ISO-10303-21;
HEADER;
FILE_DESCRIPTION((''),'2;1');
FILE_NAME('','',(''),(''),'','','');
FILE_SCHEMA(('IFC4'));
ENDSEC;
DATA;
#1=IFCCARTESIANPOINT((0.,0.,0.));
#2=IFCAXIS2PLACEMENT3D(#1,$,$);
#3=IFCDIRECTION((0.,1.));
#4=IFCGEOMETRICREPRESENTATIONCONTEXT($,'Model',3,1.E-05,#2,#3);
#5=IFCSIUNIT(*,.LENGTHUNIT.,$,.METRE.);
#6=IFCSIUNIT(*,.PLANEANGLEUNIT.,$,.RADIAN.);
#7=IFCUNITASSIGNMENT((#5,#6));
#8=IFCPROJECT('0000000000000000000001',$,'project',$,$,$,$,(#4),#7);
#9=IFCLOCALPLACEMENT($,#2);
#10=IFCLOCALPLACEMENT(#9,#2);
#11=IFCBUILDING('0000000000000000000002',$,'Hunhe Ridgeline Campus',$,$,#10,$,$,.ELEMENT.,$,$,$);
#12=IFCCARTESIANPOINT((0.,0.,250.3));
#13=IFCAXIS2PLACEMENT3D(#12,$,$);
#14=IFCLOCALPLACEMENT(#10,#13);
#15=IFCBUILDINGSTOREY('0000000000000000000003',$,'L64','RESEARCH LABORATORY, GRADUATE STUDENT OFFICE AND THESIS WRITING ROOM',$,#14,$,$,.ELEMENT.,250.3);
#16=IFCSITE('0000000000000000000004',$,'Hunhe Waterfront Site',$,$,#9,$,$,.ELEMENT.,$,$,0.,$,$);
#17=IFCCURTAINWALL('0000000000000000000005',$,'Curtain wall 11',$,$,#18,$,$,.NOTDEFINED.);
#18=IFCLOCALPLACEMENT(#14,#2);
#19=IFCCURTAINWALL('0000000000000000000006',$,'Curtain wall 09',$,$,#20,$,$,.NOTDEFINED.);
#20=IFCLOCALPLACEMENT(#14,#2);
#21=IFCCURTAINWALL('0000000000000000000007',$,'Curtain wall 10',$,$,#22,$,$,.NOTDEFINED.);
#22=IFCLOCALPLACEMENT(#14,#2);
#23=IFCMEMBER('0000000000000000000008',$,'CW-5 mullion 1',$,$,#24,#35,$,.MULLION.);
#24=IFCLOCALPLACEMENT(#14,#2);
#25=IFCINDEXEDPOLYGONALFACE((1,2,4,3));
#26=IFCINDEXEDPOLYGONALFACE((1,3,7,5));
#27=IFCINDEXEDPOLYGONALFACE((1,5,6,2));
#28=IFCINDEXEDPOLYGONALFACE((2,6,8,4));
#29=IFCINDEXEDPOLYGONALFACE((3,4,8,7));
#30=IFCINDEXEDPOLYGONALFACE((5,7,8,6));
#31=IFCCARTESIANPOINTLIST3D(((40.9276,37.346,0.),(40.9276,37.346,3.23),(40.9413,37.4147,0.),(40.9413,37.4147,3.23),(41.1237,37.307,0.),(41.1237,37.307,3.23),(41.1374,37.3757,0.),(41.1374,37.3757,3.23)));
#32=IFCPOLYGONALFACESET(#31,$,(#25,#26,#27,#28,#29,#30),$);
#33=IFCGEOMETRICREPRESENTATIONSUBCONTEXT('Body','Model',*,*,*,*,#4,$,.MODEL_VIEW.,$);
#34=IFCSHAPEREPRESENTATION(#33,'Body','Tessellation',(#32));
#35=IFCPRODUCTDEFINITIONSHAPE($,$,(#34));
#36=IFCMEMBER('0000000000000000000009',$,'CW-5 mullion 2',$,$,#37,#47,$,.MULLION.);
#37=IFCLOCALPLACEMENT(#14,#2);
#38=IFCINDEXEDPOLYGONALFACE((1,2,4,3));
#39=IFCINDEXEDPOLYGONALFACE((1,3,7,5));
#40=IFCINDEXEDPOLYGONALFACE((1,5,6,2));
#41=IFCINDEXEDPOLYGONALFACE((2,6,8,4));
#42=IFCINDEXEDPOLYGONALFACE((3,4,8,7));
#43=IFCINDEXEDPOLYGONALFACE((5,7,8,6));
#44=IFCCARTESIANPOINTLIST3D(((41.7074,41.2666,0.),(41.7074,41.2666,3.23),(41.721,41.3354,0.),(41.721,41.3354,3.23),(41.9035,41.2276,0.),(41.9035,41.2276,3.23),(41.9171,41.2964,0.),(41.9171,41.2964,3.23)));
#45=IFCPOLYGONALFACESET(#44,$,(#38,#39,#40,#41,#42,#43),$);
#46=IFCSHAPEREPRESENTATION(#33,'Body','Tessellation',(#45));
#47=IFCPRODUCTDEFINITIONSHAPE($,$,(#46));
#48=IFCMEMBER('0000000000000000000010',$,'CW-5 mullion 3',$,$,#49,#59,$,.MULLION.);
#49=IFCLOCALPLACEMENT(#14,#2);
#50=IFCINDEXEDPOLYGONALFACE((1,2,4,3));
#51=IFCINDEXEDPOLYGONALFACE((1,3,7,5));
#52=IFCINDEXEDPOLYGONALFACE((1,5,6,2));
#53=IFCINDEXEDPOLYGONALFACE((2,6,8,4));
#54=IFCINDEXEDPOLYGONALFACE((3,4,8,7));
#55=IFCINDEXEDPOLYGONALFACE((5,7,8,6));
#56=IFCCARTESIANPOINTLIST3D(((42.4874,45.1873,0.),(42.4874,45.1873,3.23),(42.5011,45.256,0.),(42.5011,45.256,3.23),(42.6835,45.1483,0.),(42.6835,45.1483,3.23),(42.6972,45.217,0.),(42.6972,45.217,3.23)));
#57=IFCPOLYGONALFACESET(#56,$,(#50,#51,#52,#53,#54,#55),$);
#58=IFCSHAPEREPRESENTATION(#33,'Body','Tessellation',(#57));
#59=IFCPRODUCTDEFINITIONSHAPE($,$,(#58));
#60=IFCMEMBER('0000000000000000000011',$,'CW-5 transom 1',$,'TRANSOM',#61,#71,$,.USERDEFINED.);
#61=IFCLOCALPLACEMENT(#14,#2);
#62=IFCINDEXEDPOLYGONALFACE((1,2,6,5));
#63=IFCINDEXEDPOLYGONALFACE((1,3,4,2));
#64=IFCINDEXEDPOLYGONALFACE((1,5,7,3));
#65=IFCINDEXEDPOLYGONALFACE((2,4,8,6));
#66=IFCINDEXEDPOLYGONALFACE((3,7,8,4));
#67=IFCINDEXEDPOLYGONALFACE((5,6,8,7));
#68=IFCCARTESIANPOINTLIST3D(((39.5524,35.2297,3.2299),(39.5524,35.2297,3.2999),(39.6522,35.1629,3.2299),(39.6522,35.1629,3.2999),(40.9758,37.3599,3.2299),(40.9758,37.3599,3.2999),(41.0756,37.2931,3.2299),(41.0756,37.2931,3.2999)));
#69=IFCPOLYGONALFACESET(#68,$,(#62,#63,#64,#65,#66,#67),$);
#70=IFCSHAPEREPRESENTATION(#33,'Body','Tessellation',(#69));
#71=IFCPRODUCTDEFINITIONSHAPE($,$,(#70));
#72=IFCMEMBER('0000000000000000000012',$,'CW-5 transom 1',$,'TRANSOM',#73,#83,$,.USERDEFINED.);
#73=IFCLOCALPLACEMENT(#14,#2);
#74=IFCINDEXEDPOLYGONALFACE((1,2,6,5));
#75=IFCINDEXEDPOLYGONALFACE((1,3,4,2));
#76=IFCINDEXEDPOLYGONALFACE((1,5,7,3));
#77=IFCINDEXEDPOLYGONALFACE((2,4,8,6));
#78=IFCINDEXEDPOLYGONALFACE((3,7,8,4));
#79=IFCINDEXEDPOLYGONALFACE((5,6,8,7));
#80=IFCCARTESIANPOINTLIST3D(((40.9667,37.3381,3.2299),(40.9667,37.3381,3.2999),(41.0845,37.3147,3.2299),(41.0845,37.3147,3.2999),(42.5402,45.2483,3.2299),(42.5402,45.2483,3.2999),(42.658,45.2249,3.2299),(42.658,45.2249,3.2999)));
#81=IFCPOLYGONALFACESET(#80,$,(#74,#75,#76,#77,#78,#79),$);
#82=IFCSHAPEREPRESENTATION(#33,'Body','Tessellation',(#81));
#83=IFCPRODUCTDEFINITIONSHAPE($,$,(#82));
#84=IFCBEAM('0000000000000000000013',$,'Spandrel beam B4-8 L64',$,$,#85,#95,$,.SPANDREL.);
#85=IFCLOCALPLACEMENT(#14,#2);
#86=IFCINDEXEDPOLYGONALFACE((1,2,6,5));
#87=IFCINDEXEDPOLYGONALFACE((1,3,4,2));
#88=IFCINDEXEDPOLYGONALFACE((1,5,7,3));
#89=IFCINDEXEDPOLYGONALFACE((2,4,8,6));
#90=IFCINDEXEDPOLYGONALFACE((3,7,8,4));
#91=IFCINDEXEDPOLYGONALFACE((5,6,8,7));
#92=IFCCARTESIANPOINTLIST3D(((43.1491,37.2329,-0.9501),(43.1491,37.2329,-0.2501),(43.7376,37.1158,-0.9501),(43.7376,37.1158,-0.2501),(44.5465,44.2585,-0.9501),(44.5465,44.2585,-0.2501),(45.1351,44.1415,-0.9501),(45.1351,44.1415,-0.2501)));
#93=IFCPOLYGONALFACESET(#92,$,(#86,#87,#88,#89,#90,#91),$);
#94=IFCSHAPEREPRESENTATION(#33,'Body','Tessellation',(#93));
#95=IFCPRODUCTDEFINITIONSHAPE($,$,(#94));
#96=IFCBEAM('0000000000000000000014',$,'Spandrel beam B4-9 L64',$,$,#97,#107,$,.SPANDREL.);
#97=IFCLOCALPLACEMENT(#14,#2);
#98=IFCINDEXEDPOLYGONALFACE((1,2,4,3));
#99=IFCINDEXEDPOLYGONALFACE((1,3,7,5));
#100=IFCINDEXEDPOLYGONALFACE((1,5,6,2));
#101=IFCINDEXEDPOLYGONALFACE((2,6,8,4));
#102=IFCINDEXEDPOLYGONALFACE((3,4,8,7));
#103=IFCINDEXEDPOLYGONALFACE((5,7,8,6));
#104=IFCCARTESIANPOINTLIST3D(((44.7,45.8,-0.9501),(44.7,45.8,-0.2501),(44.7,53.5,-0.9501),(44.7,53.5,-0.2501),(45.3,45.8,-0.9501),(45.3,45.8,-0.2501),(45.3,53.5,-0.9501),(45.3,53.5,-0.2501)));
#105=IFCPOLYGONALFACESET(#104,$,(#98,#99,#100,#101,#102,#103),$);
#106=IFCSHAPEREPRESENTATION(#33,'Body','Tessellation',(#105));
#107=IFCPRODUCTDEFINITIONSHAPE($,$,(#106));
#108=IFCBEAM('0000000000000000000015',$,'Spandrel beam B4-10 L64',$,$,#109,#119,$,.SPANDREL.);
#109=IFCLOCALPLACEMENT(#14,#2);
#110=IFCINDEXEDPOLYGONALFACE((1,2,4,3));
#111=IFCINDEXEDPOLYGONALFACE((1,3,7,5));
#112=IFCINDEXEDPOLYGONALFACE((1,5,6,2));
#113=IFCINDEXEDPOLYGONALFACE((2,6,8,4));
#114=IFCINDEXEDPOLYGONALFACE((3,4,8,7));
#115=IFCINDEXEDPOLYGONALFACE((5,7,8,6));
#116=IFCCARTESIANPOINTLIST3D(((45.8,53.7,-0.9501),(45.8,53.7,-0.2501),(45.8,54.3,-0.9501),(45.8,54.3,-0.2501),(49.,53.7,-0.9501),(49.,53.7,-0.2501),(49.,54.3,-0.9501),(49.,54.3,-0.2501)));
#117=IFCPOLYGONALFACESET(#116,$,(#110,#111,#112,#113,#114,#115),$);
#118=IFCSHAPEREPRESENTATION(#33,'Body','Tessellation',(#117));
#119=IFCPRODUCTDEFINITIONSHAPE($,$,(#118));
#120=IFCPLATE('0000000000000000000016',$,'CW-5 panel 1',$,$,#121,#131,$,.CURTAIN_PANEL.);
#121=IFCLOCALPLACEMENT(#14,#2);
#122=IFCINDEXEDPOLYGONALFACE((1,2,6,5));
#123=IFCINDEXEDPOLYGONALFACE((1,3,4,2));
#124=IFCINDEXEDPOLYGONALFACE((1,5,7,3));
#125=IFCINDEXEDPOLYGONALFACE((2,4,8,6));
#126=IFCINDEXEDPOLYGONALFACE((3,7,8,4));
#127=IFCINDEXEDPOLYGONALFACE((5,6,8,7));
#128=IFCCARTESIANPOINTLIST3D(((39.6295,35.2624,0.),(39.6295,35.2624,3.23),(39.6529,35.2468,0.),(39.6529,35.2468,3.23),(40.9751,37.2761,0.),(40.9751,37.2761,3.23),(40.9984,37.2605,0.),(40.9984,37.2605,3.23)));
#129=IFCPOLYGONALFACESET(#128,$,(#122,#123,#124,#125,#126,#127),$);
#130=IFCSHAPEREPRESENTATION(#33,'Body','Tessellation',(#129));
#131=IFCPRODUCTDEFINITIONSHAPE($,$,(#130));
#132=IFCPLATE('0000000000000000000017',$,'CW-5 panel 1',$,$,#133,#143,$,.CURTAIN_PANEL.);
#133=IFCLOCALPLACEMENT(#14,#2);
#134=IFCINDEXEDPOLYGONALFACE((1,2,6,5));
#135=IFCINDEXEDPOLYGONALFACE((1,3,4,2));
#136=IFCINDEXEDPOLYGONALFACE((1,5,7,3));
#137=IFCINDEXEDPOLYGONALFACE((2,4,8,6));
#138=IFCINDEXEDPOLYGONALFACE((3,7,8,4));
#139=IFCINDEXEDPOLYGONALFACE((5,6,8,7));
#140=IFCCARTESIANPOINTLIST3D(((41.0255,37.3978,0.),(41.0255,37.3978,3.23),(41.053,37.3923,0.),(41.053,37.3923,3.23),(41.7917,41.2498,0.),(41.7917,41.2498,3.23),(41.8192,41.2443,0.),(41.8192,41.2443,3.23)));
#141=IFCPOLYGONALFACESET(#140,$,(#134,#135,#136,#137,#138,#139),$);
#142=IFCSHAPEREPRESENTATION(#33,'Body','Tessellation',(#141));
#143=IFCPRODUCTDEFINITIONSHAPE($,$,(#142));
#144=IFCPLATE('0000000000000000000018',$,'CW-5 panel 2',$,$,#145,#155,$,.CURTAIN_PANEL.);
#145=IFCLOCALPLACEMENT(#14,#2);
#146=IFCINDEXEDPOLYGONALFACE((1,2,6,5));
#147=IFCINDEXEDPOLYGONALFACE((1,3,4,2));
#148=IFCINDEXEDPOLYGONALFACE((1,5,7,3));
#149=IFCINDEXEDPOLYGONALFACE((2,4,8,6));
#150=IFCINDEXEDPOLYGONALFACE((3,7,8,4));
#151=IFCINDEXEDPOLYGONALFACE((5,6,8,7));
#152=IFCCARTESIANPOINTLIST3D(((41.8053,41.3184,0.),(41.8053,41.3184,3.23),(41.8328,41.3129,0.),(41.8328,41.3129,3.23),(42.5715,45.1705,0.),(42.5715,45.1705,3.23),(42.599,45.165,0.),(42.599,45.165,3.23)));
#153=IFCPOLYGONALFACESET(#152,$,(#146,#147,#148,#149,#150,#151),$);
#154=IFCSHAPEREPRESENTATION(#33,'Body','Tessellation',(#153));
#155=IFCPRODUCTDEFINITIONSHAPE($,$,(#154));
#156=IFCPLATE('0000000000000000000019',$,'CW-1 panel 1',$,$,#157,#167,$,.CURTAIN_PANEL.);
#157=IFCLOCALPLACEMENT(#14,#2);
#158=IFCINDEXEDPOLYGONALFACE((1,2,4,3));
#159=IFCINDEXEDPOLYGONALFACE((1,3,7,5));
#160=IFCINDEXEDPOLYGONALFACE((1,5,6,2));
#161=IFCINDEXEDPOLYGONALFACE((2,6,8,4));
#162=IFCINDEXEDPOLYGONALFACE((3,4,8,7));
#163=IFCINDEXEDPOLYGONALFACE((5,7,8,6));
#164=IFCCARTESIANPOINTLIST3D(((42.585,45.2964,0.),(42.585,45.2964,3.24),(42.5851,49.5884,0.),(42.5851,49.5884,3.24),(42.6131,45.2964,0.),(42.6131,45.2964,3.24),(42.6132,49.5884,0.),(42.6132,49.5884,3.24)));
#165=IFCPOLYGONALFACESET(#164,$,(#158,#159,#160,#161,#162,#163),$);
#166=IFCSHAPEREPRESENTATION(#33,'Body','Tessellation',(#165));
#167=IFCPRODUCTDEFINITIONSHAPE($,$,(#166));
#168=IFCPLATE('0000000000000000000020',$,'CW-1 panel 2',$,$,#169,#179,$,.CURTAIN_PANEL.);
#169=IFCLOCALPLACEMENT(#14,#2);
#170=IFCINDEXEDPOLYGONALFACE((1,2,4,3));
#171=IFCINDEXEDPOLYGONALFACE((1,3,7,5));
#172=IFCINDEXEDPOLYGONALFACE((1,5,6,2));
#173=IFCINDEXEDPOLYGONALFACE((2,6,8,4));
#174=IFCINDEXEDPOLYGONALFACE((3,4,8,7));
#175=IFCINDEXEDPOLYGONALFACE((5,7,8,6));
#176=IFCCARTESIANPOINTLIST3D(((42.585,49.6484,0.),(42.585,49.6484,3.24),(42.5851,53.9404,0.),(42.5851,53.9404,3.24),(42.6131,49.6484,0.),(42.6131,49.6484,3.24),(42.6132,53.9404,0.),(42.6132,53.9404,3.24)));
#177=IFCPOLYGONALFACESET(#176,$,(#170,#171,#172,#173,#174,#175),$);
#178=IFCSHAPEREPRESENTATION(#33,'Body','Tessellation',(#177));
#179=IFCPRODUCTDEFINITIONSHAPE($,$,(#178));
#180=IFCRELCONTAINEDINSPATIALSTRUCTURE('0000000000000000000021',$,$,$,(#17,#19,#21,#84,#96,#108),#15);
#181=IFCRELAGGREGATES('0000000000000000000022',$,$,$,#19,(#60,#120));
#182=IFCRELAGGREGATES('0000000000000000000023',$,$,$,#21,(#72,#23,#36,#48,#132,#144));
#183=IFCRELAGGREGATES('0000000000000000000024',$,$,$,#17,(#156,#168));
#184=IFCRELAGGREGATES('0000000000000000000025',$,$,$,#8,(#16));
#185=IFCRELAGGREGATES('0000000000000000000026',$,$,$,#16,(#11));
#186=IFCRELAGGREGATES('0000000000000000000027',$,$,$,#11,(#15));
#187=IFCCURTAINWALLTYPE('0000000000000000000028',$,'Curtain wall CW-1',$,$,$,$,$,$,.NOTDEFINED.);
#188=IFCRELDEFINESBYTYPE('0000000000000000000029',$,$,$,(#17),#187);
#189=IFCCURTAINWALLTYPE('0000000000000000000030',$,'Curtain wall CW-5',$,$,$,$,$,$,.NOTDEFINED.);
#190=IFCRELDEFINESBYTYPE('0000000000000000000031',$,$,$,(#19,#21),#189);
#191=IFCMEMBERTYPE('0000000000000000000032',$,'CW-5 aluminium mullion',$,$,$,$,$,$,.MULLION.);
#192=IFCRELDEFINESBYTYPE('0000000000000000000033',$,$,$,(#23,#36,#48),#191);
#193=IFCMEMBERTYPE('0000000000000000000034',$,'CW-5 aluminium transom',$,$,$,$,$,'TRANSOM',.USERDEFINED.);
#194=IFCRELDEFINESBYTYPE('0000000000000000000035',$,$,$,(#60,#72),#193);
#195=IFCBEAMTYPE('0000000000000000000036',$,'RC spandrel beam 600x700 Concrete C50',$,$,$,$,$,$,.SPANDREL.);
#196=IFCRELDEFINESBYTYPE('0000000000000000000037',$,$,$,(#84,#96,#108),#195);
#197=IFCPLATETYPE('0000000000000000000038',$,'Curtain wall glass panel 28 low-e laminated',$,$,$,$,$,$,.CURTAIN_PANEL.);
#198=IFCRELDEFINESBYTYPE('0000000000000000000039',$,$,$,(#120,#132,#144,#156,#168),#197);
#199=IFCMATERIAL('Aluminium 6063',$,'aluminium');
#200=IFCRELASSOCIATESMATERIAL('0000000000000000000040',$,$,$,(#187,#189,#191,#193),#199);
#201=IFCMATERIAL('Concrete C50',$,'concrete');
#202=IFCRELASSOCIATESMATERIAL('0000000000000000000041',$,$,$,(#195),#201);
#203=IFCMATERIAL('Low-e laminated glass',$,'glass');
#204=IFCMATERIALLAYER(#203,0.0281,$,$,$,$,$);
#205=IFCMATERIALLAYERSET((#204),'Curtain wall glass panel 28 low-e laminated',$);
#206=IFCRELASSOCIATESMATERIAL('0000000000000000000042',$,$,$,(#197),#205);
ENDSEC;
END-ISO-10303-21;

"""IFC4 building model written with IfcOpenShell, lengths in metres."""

from ifc_helpers import new_model, si_unit, direction, frame, origin, origin_2d, place, context, subcontext, project, spatial, rectangle, extrude, material, layer, layer_set, material_profile, profile_set, type_object, element, aggregate, save


model = new_model("IFC4")

# Units and contexts
model_context = context("Model", 3, precision=1e-05, world=origin(), true_north=direction((0.0, 1.0)))
body_context = subcontext(model_context, "Body", "Model", "MODEL_VIEW")
ifc_project = project(units=[si_unit("LENGTHUNIT", "METRE"), si_unit("PLANEANGLEUNIT", "RADIAN")], contexts=[model_context])

# Site, building, storey
site_placement = place(None, origin())
site = spatial("IfcSite", under=ifc_project, at=site_placement, Name="Hunhe Waterfront Site", CompositionType="ELEMENT", RefElevation=0.0)
building_placement = place(site_placement, origin())
building = spatial("IfcBuilding", under=site, at=building_placement, Name="Hunhe Ridgeline Campus", CompositionType="ELEMENT")
storey_placement = place(building_placement, frame((0.0, 0.0, 250.3)))
storey = spatial("IfcBuildingStorey", under=building, at=storey_placement, Name="L64", Description="RESEARCH LABORATORY, GRADUATE STUDENT OFFICE AND THESIS WRITING ROOM", CompositionType="ELEMENT", Elevation=250.3)

# Curtain wall
ifc_material_1 = material(Name="Aluminium 6063", Category="aluminium")
curtain_wall_type_1 = type_object("IfcCurtainWallType", Name="Curtain wall CW-1", PredefinedType="NOTDEFINED", material=ifc_material_1)
curtain_wall_1_placement = place(storey_placement, origin())
curtain_wall_1 = element("IfcCurtainWall", 1, at=curtain_wall_1_placement, inside=storey, type_object=curtain_wall_type_1, Name="Curtain wall 11", PredefinedType="NOTDEFINED")

# Shared definitions
curtain_wall_type_2 = type_object("IfcCurtainWallType", Name="Curtain wall CW-5", PredefinedType="NOTDEFINED", material=ifc_material_1)
ifc_material_profile_1 = material_profile(ifc_material_1, rectangle(XDim=0.2, YDim=0.0701, at=origin_2d()))
ifc_profile_set_1 = profile_set([ifc_material_profile_1], Name="Aluminium 6063")
member_type_1 = type_object("IfcMemberType", Name="CW-5 aluminium mullion", PredefinedType="MULLION", material=ifc_profile_set_1)

# Curtain walls, members
curtain_wall_2_placement = place(storey_placement, origin())
curtain_wall_2 = element("IfcCurtainWall", 2, at=curtain_wall_2_placement, inside=storey, type_object=curtain_wall_type_2, Name="Curtain wall 09", PredefinedType="NOTDEFINED")
curtain_wall_3_placement = place(storey_placement, origin())
curtain_wall_3 = element("IfcCurtainWall", 3, at=curtain_wall_3_placement, inside=storey, type_object=curtain_wall_type_2, Name="Curtain wall 10", PredefinedType="NOTDEFINED")
member_1_placement = place(storey_placement, frame((41.0325, 37.3608, 0.0), z_axis=(0.0, 0.0, 1.0), x_axis=(-0.980785, 0.19509, 0.0)))
member_1 = element("IfcMember", 4, at=member_1_placement, type_object=member_type_1, Name="CW-5 mullion 1", PredefinedType="MULLION", context=body_context, shape_type="SweptSolid", body=[
    extrude(rectangle(XDim=0.2, YDim=0.0701, at=origin_2d()), origin(), (0.0, 0.0, 1.0), 3.23),
])
member_2_placement = place(storey_placement, frame((41.8123, 41.2815, 0.0), z_axis=(0.0, 0.0, 1.0), x_axis=(-0.980785, 0.19509, 0.0)))
member_2 = element("IfcMember", 5, at=member_2_placement, type_object=member_type_1, Name="CW-5 mullion 2", PredefinedType="MULLION", context=body_context, shape_type="SweptSolid", body=[
    extrude(rectangle(XDim=0.2, YDim=0.0701, at=origin_2d()), origin(), (0.0, 0.0, 1.0), 3.23),
])
member_3_placement = place(storey_placement, frame((42.5923, 45.2021, 0.0), z_axis=(0.0, 0.0, 1.0), x_axis=(-0.980785, 0.19509, 0.0)))
member_3 = element("IfcMember", 6, at=member_3_placement, type_object=member_type_1, Name="CW-5 mullion 3", PredefinedType="MULLION", context=body_context, shape_type="SweptSolid", body=[
    extrude(rectangle(XDim=0.2, YDim=0.0701, at=origin_2d()), origin(), (0.0, 0.0, 1.0), 3.23),
])

# Members
ifc_material_profile_2 = material_profile(ifc_material_1, rectangle(XDim=0.1201, YDim=0.0701, at=origin_2d()))
ifc_profile_set_2 = profile_set([ifc_material_profile_2], Name="Aluminium 6063")
member_type_2 = type_object("IfcMemberType", Name="CW-5 aluminium transom", ElementType="TRANSOM", PredefinedType="USERDEFINED", material=ifc_profile_set_2)
member_4_placement = place(storey_placement, frame((39.6023, 35.1963, 3.2649), z_axis=(0.55558, 0.831463, 0.0), x_axis=(-0.831463, 0.55558, 0.0)))
member_4 = element("IfcMember", 7, at=member_4_placement, type_object=member_type_2, Name="CW-5 transom 1", ObjectType="TRANSOM", PredefinedType="USERDEFINED", context=body_context, shape_type="SweptSolid", body=[
    extrude(rectangle(XDim=0.1201, YDim=0.0701, at=origin_2d()), origin(), (0.0, 0.0, 1.0), 2.562),
])
member_5_placement = place(storey_placement, frame((41.0256, 37.3264, 3.2649), z_axis=(0.195097, 0.980784, 0.0), x_axis=(-0.980784, 0.195097, 0.0)))
member_5 = element("IfcMember", 8, at=member_5_placement, type_object=member_type_2, Name="CW-5 transom 1", ObjectType="TRANSOM", PredefinedType="USERDEFINED", context=body_context, shape_type="SweptSolid", body=[
    extrude(rectangle(XDim=0.1201, YDim=0.0701, at=origin_2d()), origin(), (0.0, 0.0, 1.0), 8.0652),
])

# Beams
ifc_material_2 = material(Name="Concrete C50", Category="concrete")
ifc_material_profile_3 = material_profile(ifc_material_2, rectangle(XDim=0.6001, YDim=0.7, at=origin_2d()))
ifc_profile_set_3 = profile_set([ifc_material_profile_3], Name="Concrete C50")
beam_type = type_object("IfcBeamType", Name="RC spandrel beam 600x700 Concrete C50", PredefinedType="SPANDREL", material=ifc_profile_set_3)
beam_1_placement = place(storey_placement, frame((43.4434, 37.1743, -0.6001), z_axis=(0.195087, 0.980786, 0.0), x_axis=(-0.980786, 0.195087, 0.0)))
element("IfcBeam", 9, at=beam_1_placement, inside=storey, type_object=beam_type, Name="Spandrel beam B4-8 L64", PredefinedType="SPANDREL", context=body_context, shape_type="SweptSolid", body=[
    extrude(rectangle(XDim=0.6001, YDim=0.7, at=origin_2d()), origin(), (0.0, 0.0, 1.0), 7.1633),
])
beam_2_placement = place(storey_placement, frame((45.0, 45.8, -0.6001), z_axis=(0.0, 1.0, 0.0), x_axis=(-1.0, 0.0, 0.0)))
element("IfcBeam", 10, at=beam_2_placement, inside=storey, type_object=beam_type, Name="Spandrel beam B4-9 L64", PredefinedType="SPANDREL", context=body_context, shape_type="SweptSolid", body=[
    extrude(rectangle(XDim=0.6001, YDim=0.7, at=origin_2d()), origin(), (0.0, 0.0, 1.0), 7.7),
])
beam_3_placement = place(storey_placement, frame((45.8, 54.0, -0.6001), z_axis=(1.0, 0.0, 0.0), x_axis=(0.0, 1.0, 0.0)))
element("IfcBeam", 11, at=beam_3_placement, inside=storey, type_object=beam_type, Name="Spandrel beam B4-10 L64", PredefinedType="SPANDREL", context=body_context, shape_type="SweptSolid", body=[
    extrude(rectangle(XDim=0.6001, YDim=0.7, at=origin_2d()), origin(), (0.0, 0.0, 1.0), 3.2),
])

# Plates
ifc_material_3 = material(Name="Low-e laminated glass", Category="glass")
ifc_layer_1 = layer(ifc_material_3, 0.0281)
ifc_layer_set_1 = layer_set([ifc_layer_1], Name="Curtain wall glass panel 28 low-e laminated")
plate_type = type_object("IfcPlateType", Name="Curtain wall glass panel 28 low-e laminated", PredefinedType="CURTAIN_PANEL", material=ifc_layer_set_1)
plate_1_placement = place(storey_placement, frame((40.314, 36.2615, 0.0), z_axis=(0.0, 0.0, 1.0), x_axis=(0.55557, 0.83147, 0.0)))
plate_1 = element("IfcPlate", 12, at=plate_1_placement, type_object=plate_type, Name="CW-5 panel 1", PredefinedType="CURTAIN_PANEL", context=body_context, shape_type="SweptSolid", body=[
    extrude(rectangle(XDim=2.4219, YDim=0.0281, at=origin_2d()), origin(), (0.0, 0.0, 1.0), 3.23),
])
aggregate(curtain_wall_2, [member_4, plate_1])
plate_2_placement = place(storey_placement, frame((41.4224, 39.321, 0.0), z_axis=(0.0, 0.0, 1.0), x_axis=(0.19509, 0.980785, 0.0)))
plate_2 = element("IfcPlate", 13, at=plate_2_placement, type_object=plate_type, Name="CW-5 panel 1", PredefinedType="CURTAIN_PANEL", context=body_context, shape_type="SweptSolid", body=[
    extrude(rectangle(XDim=3.9275, YDim=0.0281, at=origin_2d()), origin(), (0.0, 0.0, 1.0), 3.23),
])
plate_3_placement = place(storey_placement, frame((42.2021, 43.2417, 0.0), z_axis=(0.0, 0.0, 1.0), x_axis=(0.19509, 0.980785, 0.0)))
plate_3 = element("IfcPlate", 14, at=plate_3_placement, type_object=plate_type, Name="CW-5 panel 2", PredefinedType="CURTAIN_PANEL", context=body_context, shape_type="SweptSolid", body=[
    extrude(rectangle(XDim=3.9275, YDim=0.0281, at=origin_2d()), origin(), (0.0, 0.0, 1.0), 3.23),
])
aggregate(curtain_wall_3, [member_5, member_1, member_2, member_3, plate_2, plate_3])
plate_4_placement = place(storey_placement, frame((42.5991, 47.4424, 0.0), z_axis=(0.0, 0.0, 1.0), x_axis=(0.000019, 1.0, 0.0)))
plate_4 = element("IfcPlate", 15, at=plate_4_placement, type_object=plate_type, Name="CW-1 panel 1", PredefinedType="CURTAIN_PANEL", context=body_context, shape_type="SweptSolid", body=[
    extrude(rectangle(XDim=4.292, YDim=0.0281, at=origin_2d()), origin(), (0.0, 0.0, 1.0), 3.24),
])
plate_5_placement = place(storey_placement, frame((42.5991, 51.7944, 0.0), z_axis=(0.0, 0.0, 1.0), x_axis=(0.000019, 1.0, 0.0)))
plate_5 = element("IfcPlate", 16, at=plate_5_placement, type_object=plate_type, Name="CW-1 panel 2", PredefinedType="CURTAIN_PANEL", context=body_context, shape_type="SweptSolid", body=[
    extrude(rectangle(XDim=4.292, YDim=0.0281, at=origin_2d()), origin(), (0.0, 0.0, 1.0), 3.24),
])
aggregate(curtain_wall_1, [plate_4, plate_5])

save(model, "model.ifc")
